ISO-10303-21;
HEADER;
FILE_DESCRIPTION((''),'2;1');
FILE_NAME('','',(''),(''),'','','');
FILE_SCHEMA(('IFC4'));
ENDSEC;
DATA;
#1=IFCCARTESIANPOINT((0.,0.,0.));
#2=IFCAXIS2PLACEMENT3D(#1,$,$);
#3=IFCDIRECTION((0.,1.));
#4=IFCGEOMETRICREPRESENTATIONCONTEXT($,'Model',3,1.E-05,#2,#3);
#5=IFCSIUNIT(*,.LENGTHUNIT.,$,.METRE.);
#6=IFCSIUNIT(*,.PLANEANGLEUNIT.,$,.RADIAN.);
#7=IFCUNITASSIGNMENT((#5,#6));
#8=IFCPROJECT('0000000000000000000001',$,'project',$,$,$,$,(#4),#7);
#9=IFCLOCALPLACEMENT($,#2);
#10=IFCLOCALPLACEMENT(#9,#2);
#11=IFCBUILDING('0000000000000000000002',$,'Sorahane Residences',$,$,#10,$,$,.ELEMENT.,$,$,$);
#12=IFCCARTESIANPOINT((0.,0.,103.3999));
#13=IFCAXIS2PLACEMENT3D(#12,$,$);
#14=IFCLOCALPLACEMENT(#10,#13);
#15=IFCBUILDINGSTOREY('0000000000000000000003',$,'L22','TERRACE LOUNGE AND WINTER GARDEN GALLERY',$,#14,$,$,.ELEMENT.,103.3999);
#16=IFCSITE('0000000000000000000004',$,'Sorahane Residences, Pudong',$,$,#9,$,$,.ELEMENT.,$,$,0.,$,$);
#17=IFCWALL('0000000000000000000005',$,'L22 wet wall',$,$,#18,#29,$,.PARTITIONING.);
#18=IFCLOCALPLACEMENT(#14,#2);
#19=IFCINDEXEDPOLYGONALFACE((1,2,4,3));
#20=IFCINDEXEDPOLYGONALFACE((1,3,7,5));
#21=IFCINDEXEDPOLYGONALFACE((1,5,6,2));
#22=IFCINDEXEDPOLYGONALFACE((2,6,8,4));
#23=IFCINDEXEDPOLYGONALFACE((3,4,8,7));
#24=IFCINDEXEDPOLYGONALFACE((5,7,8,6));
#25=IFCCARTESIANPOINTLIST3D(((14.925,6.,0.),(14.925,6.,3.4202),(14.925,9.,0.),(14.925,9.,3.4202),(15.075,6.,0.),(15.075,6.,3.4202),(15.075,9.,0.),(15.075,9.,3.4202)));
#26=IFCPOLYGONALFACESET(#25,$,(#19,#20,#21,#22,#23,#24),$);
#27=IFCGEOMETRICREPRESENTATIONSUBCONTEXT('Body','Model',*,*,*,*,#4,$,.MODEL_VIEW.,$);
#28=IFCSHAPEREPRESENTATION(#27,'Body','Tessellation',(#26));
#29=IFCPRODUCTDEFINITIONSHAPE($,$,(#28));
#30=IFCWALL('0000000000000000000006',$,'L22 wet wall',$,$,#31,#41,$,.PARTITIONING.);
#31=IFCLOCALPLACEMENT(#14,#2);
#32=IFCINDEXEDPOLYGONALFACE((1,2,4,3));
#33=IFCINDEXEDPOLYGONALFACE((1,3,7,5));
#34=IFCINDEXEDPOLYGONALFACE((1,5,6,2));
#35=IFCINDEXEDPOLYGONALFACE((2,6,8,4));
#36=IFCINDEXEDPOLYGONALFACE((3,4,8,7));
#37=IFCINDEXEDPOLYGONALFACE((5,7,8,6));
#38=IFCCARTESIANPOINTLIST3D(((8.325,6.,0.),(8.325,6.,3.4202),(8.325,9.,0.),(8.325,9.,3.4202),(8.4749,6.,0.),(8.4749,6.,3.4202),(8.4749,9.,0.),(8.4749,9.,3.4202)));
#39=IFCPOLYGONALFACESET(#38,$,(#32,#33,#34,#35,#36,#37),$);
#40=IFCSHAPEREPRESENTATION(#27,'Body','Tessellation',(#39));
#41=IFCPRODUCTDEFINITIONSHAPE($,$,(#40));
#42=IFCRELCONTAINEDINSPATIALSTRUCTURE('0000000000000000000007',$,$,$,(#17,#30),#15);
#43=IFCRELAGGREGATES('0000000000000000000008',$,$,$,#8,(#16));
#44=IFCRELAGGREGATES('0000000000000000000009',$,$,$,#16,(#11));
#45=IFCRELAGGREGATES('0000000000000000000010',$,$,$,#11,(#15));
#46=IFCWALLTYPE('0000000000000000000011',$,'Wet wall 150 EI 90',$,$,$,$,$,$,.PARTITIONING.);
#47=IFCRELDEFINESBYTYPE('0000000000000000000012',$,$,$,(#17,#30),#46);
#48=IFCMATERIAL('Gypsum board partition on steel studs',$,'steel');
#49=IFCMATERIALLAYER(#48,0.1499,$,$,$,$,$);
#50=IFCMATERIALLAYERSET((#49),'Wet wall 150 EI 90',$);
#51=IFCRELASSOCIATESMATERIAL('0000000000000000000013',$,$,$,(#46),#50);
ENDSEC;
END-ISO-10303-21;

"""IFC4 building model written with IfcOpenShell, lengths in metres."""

from ifc_helpers import new_model, si_unit, direction, frame, frame_2d, origin, place, context, subcontext, project, spatial, rectangle, extrude, material, layer, layer_set, type_object, element, save


model = new_model("IFC4")

# Units and contexts
model_context = context("Model", 3, precision=1e-05, world=origin(), true_north=direction((0.0, 1.0)))
body_context = subcontext(model_context, "Body", "Model", "MODEL_VIEW")
ifc_project = project(units=[si_unit("LENGTHUNIT", "METRE"), si_unit("PLANEANGLEUNIT", "RADIAN")], contexts=[model_context])

# Site, building, storey
site_placement = place(None, origin())
site = spatial("IfcSite", under=ifc_project, at=site_placement, Name="Sorahane Residences, Pudong", CompositionType="ELEMENT", RefElevation=0.0)
building_placement = place(site_placement, origin())
building = spatial("IfcBuilding", under=site, at=building_placement, Name="Sorahane Residences", CompositionType="ELEMENT")
storey_placement = place(building_placement, frame((0.0, 0.0, 103.3999)))
storey = spatial("IfcBuildingStorey", under=building, at=storey_placement, Name="L22", Description="TERRACE LOUNGE AND WINTER GARDEN GALLERY", CompositionType="ELEMENT", Elevation=103.3999)

# Walls
ifc_material_1 = material(Name="Gypsum board partition on steel studs", Category="steel")
ifc_layer_1 = layer(ifc_material_1, 0.1499)
ifc_layer_set_1 = layer_set([ifc_layer_1], Name="Wet wall 150 EI 90")
wall_type_1 = type_object("IfcWallType", Name="Wet wall 150 EI 90", PredefinedType="PARTITIONING", material=ifc_layer_set_1)
for number, where, z_axis, x_axis, name in (
    (1, (15.0, 6.0, 0.0), (0.0, 0.0, 1.0), (0.0, 1.0, 0.0), "L22 wet wall"),
    (2, (8.3999, 6.0, 0.0), (0.0, 0.0, 1.0), (0.0, 1.0, 0.0), "L22 wet wall"),
):
    element("IfcWall", number, at=place(storey_placement, frame(where, z_axis=z_axis, x_axis=x_axis)), inside=storey, type_object=wall_type_1, Name=name, PredefinedType="PARTITIONING", context=body_context, shape_type="SweptSolid", body=[
        extrude(rectangle(XDim=3.0, YDim=0.1499, at=frame_2d((1.5, 0.0))), origin(), (0.0, 0.0, 1.0), 3.4202),
    ])

save(model, "model.ifc")
